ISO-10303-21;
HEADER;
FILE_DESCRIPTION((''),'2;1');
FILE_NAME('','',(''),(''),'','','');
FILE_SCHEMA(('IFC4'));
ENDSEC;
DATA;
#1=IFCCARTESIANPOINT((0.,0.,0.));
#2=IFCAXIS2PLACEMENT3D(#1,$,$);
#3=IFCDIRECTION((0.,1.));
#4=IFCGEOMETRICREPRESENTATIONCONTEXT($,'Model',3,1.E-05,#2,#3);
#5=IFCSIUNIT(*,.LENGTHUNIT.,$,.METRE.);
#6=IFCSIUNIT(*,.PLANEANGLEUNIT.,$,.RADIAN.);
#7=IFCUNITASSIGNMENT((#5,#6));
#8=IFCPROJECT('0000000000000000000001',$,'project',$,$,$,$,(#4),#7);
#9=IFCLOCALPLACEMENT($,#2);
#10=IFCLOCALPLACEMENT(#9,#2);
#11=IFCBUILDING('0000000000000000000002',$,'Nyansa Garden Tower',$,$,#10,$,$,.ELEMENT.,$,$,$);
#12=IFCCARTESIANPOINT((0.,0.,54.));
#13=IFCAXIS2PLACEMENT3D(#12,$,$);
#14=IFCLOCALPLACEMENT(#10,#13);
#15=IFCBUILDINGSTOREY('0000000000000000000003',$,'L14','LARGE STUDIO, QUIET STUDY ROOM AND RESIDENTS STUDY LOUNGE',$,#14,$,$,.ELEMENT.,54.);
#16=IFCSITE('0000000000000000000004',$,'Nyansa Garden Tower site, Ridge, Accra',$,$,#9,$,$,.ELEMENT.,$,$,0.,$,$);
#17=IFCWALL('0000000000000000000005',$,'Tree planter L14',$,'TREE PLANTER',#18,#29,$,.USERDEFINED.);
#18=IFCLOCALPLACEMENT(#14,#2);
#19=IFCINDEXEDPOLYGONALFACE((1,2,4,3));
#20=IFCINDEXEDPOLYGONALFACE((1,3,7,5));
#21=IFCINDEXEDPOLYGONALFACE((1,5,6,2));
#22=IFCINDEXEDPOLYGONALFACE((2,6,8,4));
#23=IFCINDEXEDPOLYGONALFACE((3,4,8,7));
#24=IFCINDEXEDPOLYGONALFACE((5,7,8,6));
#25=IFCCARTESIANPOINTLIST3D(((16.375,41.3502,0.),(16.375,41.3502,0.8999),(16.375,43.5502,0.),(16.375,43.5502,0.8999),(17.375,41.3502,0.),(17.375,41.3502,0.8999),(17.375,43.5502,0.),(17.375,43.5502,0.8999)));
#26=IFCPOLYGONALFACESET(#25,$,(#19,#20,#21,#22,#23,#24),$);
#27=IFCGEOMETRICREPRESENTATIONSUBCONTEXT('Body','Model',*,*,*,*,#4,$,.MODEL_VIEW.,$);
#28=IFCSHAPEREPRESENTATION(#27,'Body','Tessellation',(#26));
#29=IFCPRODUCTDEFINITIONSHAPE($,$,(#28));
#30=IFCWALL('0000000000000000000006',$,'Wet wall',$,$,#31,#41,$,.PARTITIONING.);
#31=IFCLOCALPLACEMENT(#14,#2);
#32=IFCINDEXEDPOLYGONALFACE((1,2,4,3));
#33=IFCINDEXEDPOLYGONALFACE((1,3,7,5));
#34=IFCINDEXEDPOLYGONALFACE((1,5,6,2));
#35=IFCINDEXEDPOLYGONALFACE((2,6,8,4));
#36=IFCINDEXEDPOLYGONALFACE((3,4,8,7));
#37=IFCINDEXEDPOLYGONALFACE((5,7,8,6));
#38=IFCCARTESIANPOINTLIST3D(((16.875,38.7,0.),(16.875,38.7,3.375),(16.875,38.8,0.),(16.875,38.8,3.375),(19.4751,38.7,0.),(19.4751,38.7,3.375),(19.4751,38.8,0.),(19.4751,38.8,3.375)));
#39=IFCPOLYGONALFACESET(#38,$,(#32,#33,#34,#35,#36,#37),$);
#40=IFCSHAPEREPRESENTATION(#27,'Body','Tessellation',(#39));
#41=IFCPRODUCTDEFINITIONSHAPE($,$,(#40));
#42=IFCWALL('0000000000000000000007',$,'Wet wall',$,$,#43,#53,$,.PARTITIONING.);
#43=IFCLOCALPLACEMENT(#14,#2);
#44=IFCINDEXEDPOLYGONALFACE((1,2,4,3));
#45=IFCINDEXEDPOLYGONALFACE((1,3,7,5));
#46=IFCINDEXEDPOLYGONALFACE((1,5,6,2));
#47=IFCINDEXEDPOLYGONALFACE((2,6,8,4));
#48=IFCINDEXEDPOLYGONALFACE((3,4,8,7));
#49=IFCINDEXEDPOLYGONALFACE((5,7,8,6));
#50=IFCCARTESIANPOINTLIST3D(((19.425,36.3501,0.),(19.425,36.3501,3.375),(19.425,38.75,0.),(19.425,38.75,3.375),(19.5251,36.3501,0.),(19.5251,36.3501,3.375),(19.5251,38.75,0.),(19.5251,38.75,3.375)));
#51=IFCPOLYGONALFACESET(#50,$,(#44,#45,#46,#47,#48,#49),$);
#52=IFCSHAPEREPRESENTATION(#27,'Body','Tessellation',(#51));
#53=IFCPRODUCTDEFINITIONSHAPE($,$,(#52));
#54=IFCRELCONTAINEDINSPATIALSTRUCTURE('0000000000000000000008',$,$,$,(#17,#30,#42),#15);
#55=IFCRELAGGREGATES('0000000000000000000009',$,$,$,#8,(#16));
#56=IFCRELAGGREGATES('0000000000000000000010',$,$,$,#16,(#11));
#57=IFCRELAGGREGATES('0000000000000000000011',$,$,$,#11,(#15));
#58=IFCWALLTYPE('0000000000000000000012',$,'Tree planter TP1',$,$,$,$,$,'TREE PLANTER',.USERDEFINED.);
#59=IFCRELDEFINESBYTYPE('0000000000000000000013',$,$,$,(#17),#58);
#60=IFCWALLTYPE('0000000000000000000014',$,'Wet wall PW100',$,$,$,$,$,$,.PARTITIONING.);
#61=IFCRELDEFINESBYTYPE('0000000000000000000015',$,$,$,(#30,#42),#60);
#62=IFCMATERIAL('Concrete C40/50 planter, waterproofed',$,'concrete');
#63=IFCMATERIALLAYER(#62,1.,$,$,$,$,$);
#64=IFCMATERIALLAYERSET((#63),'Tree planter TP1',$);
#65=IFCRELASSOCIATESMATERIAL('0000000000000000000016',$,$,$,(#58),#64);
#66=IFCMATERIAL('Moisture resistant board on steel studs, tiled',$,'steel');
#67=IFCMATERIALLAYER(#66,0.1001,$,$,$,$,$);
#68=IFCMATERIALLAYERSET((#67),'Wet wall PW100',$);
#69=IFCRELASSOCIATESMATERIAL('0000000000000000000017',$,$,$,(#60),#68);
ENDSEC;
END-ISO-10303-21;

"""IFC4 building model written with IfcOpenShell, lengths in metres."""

from ifc_helpers import new_model, si_unit, direction, frame, frame_2d, origin, place, context, subcontext, project, spatial, rectangle, extrude, material, layer, layer_set, type_object, element, save


model = new_model("IFC4")

# Units and contexts
model_context = context("Model", 3, precision=1e-05, world=origin(), true_north=direction((0.0, 1.0)))
body_context = subcontext(model_context, "Body", "Model", "MODEL_VIEW")
ifc_project = project(units=[si_unit("LENGTHUNIT", "METRE"), si_unit("PLANEANGLEUNIT", "RADIAN")], contexts=[model_context])

# Site, building, storey
site_placement = place(None, origin())
site = spatial("IfcSite", under=ifc_project, at=site_placement, Name="Nyansa Garden Tower site, Ridge, Accra", CompositionType="ELEMENT", RefElevation=0.0)
building_placement = place(site_placement, origin())
building = spatial("IfcBuilding", under=site, at=building_placement, Name="Nyansa Garden Tower", CompositionType="ELEMENT")
storey_placement = place(building_placement, frame((0.0, 0.0, 54.0)))
storey = spatial("IfcBuildingStorey", under=building, at=storey_placement, Name="L14", Description="LARGE STUDIO, QUIET STUDY ROOM AND RESIDENTS STUDY LOUNGE", CompositionType="ELEMENT", Elevation=54.0)

# Walls
ifc_material_1 = material(Name="Concrete C40/50 planter, waterproofed", Category="concrete")
ifc_layer_1 = layer(ifc_material_1, 1.0)
ifc_layer_set_1 = layer_set([ifc_layer_1], Name="Tree planter TP1")
wall_type_1 = type_object("IfcWallType", Name="Tree planter TP1", ElementType="TREE PLANTER", PredefinedType="USERDEFINED", material=ifc_layer_set_1)
wall_1_placement = place(storey_placement, frame((16.875, 41.3501, 0.0), z_axis=(0.0, 0.0, 1.0), x_axis=(0.0, 1.0, 0.0)))
element("IfcWall", 1, at=wall_1_placement, inside=storey, type_object=wall_type_1, Name="Tree planter L14", ObjectType="TREE PLANTER", PredefinedType="USERDEFINED", context=body_context, shape_type="SweptSolid", body=[
    extrude(rectangle(XDim=2.2, YDim=1.0, at=frame_2d((1.1001, 0.0))), origin(), (0.0, 0.0, 1.0), 0.8999),
])
ifc_material_2 = material(Name="Moisture resistant board on steel studs, tiled", Category="steel")
ifc_layer_2 = layer(ifc_material_2, 0.1001)
ifc_layer_set_2 = layer_set([ifc_layer_2], Name="Wet wall PW100")
wall_type_2 = type_object("IfcWallType", Name="Wet wall PW100", PredefinedType="PARTITIONING", material=ifc_layer_set_2)
wall_2_placement = place(storey_placement, frame((16.875, 38.75, 0.0), z_axis=(0.0, 0.0, 1.0), x_axis=(1.0, 0.0, 0.0)))
element("IfcWall", 2, at=wall_2_placement, inside=storey, type_object=wall_type_2, Name="Wet wall", PredefinedType="PARTITIONING", context=body_context, shape_type="SweptSolid", body=[
    extrude(rectangle(XDim=2.6001, YDim=0.1001, at=frame_2d((1.3, 0.0))), origin(), (0.0, 0.0, 1.0), 3.375),
])
wall_3_placement = place(storey_placement, frame((19.4751, 36.3501, 0.0), z_axis=(0.0, 0.0, 1.0), x_axis=(0.0, 1.0, 0.0)))
element("IfcWall", 3, at=wall_3_placement, inside=storey, type_object=wall_type_2, Name="Wet wall", PredefinedType="PARTITIONING", context=body_context, shape_type="SweptSolid", body=[
    extrude(rectangle(XDim=2.3999, YDim=0.1001, at=frame_2d((1.2, 0.0))), origin(), (0.0, 0.0, 1.0), 3.375),
])

save(model, "model.ifc")
